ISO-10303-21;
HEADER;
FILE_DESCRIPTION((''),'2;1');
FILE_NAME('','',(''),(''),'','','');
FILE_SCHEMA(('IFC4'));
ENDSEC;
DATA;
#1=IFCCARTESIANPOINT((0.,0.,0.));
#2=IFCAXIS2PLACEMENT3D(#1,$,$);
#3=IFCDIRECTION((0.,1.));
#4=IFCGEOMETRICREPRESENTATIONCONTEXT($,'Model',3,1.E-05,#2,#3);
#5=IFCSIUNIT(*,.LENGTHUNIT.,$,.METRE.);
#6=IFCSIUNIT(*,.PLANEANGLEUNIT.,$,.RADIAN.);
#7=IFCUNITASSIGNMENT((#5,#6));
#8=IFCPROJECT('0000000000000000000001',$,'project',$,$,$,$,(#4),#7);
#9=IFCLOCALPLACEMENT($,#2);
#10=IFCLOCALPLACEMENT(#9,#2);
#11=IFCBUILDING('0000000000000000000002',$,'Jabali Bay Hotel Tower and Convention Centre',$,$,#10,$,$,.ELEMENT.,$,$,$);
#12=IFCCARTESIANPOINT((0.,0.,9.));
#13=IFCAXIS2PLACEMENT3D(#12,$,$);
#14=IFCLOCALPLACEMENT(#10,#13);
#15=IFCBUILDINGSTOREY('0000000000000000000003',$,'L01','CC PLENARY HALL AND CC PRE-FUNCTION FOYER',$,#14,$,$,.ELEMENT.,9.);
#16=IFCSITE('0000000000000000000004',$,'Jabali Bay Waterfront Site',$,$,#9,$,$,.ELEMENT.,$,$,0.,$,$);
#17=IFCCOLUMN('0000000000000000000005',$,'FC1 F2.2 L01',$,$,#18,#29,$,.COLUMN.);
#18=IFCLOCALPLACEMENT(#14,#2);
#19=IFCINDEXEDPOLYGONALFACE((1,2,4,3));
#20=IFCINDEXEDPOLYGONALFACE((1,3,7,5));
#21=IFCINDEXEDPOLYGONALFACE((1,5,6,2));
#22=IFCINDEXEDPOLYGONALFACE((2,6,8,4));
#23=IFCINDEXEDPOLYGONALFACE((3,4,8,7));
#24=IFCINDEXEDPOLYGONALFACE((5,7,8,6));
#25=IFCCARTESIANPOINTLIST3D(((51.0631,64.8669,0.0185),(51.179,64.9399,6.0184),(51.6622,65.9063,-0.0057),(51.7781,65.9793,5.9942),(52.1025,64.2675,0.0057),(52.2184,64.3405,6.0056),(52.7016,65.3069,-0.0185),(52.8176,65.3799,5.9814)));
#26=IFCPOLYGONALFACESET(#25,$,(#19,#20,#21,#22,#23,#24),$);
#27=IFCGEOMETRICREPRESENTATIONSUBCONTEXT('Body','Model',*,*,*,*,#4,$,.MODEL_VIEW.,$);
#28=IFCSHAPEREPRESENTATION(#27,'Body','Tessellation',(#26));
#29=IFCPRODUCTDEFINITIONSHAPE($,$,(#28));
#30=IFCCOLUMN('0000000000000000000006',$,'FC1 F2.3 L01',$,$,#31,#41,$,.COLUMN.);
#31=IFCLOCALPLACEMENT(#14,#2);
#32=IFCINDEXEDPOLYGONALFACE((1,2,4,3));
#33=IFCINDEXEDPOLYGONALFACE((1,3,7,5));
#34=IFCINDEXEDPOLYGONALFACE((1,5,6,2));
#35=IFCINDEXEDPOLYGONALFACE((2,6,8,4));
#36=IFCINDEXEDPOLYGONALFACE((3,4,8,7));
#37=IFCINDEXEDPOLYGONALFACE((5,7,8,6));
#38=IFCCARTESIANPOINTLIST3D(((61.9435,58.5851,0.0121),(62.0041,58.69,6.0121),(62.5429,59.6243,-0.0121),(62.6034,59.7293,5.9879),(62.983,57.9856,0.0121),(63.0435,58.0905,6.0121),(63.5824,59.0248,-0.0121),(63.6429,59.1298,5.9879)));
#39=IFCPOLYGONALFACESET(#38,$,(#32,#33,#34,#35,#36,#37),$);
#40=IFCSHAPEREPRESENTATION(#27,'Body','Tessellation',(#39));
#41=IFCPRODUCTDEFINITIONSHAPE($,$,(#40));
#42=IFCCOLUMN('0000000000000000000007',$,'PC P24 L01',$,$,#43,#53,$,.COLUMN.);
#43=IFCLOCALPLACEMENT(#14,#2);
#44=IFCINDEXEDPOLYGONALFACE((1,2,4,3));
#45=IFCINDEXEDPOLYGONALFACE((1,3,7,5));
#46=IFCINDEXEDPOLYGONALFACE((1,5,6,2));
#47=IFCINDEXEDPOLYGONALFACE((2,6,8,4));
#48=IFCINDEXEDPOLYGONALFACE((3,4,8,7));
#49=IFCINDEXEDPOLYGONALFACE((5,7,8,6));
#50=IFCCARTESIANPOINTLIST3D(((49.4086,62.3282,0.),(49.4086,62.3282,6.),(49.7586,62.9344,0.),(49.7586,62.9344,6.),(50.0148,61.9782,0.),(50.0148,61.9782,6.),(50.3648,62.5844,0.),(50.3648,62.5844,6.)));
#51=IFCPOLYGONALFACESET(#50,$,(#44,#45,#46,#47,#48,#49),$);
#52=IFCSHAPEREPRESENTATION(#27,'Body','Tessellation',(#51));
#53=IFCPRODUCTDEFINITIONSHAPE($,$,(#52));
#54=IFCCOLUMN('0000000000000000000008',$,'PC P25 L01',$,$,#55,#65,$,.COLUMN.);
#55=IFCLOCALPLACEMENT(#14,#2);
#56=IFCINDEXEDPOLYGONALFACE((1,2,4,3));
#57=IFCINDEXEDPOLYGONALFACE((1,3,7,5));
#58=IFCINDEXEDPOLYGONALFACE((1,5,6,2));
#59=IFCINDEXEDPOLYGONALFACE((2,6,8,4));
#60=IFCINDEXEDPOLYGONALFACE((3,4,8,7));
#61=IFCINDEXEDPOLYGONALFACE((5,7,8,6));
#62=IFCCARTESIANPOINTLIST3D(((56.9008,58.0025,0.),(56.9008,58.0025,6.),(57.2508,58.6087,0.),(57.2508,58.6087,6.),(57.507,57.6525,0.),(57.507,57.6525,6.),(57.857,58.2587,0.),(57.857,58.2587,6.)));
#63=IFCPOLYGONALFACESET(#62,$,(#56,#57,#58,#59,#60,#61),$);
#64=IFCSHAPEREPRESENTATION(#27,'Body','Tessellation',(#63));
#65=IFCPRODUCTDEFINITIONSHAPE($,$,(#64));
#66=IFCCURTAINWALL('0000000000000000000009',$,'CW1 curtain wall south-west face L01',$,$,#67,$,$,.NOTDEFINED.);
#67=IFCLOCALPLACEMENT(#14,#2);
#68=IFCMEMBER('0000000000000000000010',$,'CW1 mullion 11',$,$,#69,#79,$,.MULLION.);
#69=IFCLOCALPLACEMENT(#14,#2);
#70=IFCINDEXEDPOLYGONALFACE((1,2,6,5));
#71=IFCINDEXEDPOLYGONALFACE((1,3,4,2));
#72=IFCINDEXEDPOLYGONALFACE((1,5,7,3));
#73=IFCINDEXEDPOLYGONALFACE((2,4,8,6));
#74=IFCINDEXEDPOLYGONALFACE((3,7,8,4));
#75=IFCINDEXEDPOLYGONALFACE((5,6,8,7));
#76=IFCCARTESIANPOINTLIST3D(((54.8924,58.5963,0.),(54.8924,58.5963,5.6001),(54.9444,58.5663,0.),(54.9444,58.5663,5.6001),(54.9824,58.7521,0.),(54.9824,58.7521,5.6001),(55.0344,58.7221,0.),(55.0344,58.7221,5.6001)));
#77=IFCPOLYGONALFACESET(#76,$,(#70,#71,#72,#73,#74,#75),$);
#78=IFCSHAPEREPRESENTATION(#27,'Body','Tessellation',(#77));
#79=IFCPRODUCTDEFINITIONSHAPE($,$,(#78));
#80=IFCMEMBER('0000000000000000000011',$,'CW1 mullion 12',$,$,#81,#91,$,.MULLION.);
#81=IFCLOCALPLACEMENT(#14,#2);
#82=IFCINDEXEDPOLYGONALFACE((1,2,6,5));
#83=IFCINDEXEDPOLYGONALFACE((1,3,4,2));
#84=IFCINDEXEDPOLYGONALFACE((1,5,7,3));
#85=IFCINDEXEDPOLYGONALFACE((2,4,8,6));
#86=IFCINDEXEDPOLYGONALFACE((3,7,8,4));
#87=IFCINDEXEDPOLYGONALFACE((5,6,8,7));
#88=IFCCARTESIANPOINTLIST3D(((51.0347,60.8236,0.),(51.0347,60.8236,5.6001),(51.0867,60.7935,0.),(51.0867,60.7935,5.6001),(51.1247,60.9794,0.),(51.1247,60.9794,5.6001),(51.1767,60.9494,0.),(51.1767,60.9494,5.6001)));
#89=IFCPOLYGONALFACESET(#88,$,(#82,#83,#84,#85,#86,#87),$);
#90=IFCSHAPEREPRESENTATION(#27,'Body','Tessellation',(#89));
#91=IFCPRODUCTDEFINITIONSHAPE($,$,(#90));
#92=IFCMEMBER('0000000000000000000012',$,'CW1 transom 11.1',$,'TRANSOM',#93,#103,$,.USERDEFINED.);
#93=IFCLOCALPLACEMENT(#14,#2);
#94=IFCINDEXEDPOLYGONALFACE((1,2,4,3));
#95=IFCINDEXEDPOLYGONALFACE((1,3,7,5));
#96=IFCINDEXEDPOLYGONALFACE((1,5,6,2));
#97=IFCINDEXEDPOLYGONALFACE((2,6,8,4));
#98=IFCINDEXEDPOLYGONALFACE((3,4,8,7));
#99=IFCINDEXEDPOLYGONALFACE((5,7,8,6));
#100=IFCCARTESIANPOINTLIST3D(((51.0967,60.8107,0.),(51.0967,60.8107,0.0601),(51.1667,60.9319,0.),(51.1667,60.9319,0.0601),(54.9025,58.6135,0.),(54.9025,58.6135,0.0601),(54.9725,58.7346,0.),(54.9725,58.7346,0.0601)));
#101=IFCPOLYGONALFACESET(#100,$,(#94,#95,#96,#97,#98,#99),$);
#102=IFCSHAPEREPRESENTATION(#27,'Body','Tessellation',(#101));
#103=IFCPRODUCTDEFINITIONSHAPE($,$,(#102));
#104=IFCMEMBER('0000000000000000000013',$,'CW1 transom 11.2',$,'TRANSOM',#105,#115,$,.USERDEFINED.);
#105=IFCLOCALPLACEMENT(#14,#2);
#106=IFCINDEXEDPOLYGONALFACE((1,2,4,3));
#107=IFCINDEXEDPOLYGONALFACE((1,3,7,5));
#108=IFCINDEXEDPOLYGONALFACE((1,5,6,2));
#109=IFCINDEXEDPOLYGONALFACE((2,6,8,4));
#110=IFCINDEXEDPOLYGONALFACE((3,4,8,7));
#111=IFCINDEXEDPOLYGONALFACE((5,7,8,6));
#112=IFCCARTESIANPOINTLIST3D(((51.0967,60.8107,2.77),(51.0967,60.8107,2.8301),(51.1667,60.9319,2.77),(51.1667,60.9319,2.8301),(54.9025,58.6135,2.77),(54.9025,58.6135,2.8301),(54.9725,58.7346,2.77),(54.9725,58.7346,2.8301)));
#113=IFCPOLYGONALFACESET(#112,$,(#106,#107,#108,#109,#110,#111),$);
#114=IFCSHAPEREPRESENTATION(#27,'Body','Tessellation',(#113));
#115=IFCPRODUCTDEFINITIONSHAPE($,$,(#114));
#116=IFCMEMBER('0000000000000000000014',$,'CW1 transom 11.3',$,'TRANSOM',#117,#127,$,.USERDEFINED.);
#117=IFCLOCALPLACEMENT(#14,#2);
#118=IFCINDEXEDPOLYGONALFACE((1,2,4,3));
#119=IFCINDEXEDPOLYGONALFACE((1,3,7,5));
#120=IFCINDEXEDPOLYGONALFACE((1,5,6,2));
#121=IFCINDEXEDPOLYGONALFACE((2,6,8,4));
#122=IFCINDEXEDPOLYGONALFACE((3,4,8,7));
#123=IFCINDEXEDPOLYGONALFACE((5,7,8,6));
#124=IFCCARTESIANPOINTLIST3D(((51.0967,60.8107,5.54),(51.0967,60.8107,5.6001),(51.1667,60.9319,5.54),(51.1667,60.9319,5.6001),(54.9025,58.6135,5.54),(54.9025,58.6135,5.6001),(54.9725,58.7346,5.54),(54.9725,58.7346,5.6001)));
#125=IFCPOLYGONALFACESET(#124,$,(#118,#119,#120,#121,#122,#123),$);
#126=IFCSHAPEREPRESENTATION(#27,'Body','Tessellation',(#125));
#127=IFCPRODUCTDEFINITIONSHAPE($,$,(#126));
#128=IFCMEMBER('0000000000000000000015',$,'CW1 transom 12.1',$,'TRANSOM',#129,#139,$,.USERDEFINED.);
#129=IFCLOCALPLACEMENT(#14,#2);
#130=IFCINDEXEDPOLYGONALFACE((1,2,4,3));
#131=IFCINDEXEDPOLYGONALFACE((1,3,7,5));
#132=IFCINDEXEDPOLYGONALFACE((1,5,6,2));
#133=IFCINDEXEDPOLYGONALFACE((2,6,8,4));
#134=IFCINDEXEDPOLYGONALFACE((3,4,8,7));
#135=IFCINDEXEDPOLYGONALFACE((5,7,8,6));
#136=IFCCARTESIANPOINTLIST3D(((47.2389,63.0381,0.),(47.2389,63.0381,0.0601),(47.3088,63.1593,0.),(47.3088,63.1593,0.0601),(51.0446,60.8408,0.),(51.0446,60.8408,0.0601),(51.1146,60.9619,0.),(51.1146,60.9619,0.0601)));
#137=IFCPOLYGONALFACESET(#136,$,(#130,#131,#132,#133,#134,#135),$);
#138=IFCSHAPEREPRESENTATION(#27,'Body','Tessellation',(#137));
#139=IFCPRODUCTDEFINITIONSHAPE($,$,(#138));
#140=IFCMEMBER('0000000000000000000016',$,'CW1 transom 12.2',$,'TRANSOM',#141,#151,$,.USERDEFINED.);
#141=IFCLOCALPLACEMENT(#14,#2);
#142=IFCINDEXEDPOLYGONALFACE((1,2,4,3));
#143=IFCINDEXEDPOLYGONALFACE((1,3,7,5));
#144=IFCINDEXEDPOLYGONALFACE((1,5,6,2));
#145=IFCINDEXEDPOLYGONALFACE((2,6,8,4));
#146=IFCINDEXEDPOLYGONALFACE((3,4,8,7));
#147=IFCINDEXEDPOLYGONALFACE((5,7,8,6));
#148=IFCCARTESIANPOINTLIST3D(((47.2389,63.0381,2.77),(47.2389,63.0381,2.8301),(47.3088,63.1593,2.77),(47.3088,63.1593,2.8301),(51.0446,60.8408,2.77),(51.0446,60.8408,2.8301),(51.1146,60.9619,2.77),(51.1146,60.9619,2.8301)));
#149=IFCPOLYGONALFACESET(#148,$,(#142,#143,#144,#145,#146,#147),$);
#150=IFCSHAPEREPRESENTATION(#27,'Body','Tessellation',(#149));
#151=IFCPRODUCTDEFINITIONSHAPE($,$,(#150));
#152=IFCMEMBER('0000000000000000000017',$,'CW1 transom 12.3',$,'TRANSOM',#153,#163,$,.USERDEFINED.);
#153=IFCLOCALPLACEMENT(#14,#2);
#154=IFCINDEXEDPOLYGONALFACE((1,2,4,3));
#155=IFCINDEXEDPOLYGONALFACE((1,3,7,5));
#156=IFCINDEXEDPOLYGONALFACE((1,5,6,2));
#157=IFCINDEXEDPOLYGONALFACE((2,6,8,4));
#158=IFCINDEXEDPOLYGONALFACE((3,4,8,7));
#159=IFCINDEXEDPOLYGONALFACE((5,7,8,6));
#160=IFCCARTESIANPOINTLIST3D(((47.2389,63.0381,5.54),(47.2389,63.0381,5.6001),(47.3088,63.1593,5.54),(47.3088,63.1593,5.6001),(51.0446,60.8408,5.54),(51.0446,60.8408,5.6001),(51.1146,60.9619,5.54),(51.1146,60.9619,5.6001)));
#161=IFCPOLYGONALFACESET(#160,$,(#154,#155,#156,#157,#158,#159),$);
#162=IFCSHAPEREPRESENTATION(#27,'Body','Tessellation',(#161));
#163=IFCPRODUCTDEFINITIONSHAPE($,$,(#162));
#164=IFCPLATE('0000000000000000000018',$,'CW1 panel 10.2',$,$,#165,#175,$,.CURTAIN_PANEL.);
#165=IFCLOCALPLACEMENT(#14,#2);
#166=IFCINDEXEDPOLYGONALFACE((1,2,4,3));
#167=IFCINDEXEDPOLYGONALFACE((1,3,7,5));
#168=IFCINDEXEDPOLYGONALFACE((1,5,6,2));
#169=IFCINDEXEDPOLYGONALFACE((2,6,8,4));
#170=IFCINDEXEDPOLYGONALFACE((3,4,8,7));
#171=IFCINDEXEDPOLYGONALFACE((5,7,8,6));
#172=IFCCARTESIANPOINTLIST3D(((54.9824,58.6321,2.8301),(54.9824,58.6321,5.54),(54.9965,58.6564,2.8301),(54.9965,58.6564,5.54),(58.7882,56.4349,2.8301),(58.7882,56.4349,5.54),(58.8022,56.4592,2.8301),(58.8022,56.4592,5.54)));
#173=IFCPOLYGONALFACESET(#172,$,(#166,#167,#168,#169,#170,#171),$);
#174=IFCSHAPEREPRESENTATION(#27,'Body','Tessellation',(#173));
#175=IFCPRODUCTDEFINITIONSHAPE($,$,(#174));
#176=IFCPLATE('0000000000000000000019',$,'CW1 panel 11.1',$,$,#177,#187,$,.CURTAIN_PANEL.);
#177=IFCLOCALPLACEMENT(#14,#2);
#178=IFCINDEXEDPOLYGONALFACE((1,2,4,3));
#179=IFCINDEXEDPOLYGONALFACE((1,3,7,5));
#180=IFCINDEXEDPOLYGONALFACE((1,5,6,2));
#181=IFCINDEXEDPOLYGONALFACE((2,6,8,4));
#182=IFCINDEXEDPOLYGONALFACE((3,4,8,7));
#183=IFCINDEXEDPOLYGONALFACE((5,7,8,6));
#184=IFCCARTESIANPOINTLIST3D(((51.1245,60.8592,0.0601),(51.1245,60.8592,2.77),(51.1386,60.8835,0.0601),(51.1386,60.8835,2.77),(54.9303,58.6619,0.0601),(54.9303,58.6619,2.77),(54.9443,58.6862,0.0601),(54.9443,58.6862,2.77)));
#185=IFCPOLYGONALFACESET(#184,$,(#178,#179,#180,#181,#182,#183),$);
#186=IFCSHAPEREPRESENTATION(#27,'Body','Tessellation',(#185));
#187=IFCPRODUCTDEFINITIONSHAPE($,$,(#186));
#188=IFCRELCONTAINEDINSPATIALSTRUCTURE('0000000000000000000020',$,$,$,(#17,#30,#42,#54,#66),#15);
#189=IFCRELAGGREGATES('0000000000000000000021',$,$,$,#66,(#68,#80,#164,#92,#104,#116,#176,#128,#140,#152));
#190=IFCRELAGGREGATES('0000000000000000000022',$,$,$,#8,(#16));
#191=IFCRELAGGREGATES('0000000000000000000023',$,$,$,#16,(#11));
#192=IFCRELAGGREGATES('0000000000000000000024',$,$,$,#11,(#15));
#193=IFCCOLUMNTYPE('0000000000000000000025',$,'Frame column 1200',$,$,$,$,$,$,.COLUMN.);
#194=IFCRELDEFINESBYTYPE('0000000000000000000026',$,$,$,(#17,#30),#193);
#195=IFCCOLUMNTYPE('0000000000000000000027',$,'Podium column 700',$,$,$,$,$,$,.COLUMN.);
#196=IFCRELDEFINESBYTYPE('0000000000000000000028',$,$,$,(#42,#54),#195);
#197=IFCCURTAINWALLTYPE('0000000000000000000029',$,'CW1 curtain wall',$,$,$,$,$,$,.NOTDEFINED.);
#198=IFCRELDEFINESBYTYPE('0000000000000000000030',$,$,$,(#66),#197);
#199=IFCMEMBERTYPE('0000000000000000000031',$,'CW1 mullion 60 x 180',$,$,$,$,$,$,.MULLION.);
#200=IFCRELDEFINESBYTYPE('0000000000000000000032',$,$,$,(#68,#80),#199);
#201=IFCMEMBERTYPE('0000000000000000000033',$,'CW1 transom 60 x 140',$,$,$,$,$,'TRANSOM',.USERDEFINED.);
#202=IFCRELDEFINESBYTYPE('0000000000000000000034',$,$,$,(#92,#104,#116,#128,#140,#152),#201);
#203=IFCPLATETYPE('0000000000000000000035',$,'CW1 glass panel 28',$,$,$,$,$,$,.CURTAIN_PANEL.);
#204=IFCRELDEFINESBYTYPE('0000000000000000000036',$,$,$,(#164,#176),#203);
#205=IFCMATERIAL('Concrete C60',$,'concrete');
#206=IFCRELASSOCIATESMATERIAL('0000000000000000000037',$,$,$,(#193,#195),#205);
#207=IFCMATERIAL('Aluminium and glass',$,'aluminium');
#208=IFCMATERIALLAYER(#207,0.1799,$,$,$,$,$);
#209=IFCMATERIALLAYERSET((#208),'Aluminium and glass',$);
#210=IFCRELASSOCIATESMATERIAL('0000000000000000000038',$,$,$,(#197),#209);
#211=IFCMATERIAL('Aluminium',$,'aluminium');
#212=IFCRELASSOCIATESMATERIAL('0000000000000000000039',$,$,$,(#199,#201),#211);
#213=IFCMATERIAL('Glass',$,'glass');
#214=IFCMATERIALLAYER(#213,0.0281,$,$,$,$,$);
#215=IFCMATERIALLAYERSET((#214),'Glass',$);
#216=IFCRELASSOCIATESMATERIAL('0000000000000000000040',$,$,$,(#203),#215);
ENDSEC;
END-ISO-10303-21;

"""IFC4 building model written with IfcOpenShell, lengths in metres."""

from ifc_helpers import new_model, si_unit, direction, frame, origin, origin_2d, place, context, subcontext, project, spatial, rectangle, extrude, material, layer, layer_set, material_profile, profile_set, type_object, element, aggregate, save


model = new_model("IFC4")

# Units and contexts
model_context = context("Model", 3, precision=1e-05, world=origin(), true_north=direction((0.0, 1.0)))
body_context = subcontext(model_context, "Body", "Model", "MODEL_VIEW")
ifc_project = project(units=[si_unit("LENGTHUNIT", "METRE"), si_unit("PLANEANGLEUNIT", "RADIAN")], contexts=[model_context])

# Site, building, storey
site_placement = place(None, origin())
site = spatial("IfcSite", under=ifc_project, at=site_placement, Name="Jabali Bay Waterfront Site", CompositionType="ELEMENT", RefElevation=0.0)
building_placement = place(site_placement, origin())
building = spatial("IfcBuilding", under=site, at=building_placement, Name="Jabali Bay Hotel Tower and Convention Centre", CompositionType="ELEMENT")
storey_placement = place(building_placement, frame((0.0, 0.0, 9.0)))
storey = spatial("IfcBuildingStorey", under=building, at=storey_placement, Name="L01", Description="CC PLENARY HALL AND CC PRE-FUNCTION FOYER", CompositionType="ELEMENT", Elevation=9.0)

# Columns
ifc_material_1 = material(Name="Concrete C60", Category="concrete")
ifc_material_profile_1 = material_profile(ifc_material_1, rectangle(XDim=1.2, YDim=1.2, at=origin_2d()), Name="Frame column 1200")
ifc_profile_set_1 = profile_set([ifc_material_profile_1], Name="Concrete C60")
column_type_1 = type_object("IfcColumnType", Name="Frame column 1200", PredefinedType="COLUMN", material=ifc_profile_set_1)
column_1_placement = place(storey_placement, frame((51.8823, 65.0869, 0.0), z_axis=(0.019323, 0.012163, 0.999739), x_axis=(-0.866221, 0.499548, 0.010664)))
element("IfcColumn", 1, at=column_1_placement, inside=storey, type_object=column_type_1, Name="FC1 F2.2 L01", PredefinedType="COLUMN", context=body_context, shape_type="SweptSolid", body=[
    extrude(rectangle(XDim=1.2, YDim=1.2, at=origin_2d()), origin(), (0.0, 0.0, 1.0), 6.0015),
])
column_2_placement = place(storey_placement, frame((62.7629, 58.8049, 0.0), z_axis=(0.010089, 0.017493, 0.999796), x_axis=(-0.866253, 0.499606, 0.0)))
element("IfcColumn", 2, at=column_2_placement, inside=storey, type_object=column_type_1, Name="FC1 F2.3 L01", PredefinedType="COLUMN", context=body_context, shape_type="SweptSolid", body=[
    extrude(rectangle(XDim=1.2, YDim=1.2, at=origin_2d()), origin(), (0.0, 0.0, 1.0), 6.0012),
])
ifc_material_profile_2 = material_profile(ifc_material_1, rectangle(XDim=0.7, YDim=0.7, at=origin_2d()), Name="Podium column 700")
ifc_profile_set_2 = profile_set([ifc_material_profile_2], Name="Concrete C60")
column_type_2 = type_object("IfcColumnType", Name="Podium column 700", PredefinedType="COLUMN", material=ifc_profile_set_2)
for number, where, z_axis, x_axis, name in (
    (3, (49.8867, 62.4563, 0.0), (0.0, 0.0, 1.0), (0.5, 0.866025, 0.0), "PC P24 L01"),
    (4, (57.3789, 58.1306, 0.0), (0.0, 0.0, 1.0), (0.5, 0.866025, 0.0), "PC P25 L01"),
):
    element("IfcColumn", number, at=place(storey_placement, frame(where, z_axis=z_axis, x_axis=x_axis)), inside=storey, type_object=column_type_2, Name=name, PredefinedType="COLUMN", context=body_context, shape_type="SweptSolid", body=[
        extrude(rectangle(XDim=0.7, YDim=0.7, at=origin_2d()), origin(), (0.0, 0.0, 1.0), 6.0),
    ])

# Curtain wall, members, plates
ifc_material_2 = material(Name="Aluminium and glass", Category="aluminium")
ifc_layer_1 = layer(ifc_material_2, 0.1799)
ifc_layer_set_1 = layer_set([ifc_layer_1], Name="Aluminium and glass")
curtain_wall_type = type_object("IfcCurtainWallType", Name="CW1 curtain wall", PredefinedType="NOTDEFINED", material=ifc_layer_set_1)
curtain_wall_placement = place(storey_placement, origin())
curtain_wall = element("IfcCurtainWall", 5, at=curtain_wall_placement, inside=storey, type_object=curtain_wall_type, Name="CW1 curtain wall south-west face L01", PredefinedType="NOTDEFINED")
ifc_material_3 = material(Name="Aluminium", Category="aluminium")
ifc_material_profile_3 = material_profile(ifc_material_3, rectangle(XDim=0.1799, YDim=0.0601, at=origin_2d()), Name="CW1 mullion 60 x 180")
ifc_profile_set_3 = profile_set([ifc_material_profile_3], Name="Aluminium")
member_type_1 = type_object("IfcMemberType", Name="CW1 mullion 60 x 180", PredefinedType="MULLION", material=ifc_profile_set_3)
member_1_placement = place(storey_placement, frame((54.9634, 58.6592, 0.0), z_axis=(0.0, 0.0, 1.0), x_axis=(-0.5, -0.866025, 0.0)))
member_1 = element("IfcMember", 6, at=member_1_placement, type_object=member_type_1, Name="CW1 mullion 11", PredefinedType="MULLION", context=body_context, shape_type="SweptSolid", body=[
    extrude(rectangle(XDim=0.1799, YDim=0.0601, at=origin_2d()), origin(), (0.0, 0.0, 1.0), 5.6001),
])
member_2_placement = place(storey_placement, frame((51.1057, 60.8865, 0.0), z_axis=(0.0, 0.0, 1.0), x_axis=(-0.5, -0.866025, 0.0)))
member_2 = element("IfcMember", 7, at=member_2_placement, type_object=member_type_1, Name="CW1 mullion 12", PredefinedType="MULLION", context=body_context, shape_type="SweptSolid", body=[
    extrude(rectangle(XDim=0.1799, YDim=0.0601, at=origin_2d()), origin(), (0.0, 0.0, 1.0), 5.6001),
])
ifc_material_profile_4 = material_profile(ifc_material_3, rectangle(XDim=0.1399, YDim=0.0601, at=origin_2d()), Name="CW1 transom 60 x 140")
ifc_profile_set_4 = profile_set([ifc_material_profile_4], Name="Aluminium")
member_type_2 = type_object("IfcMemberType", Name="CW1 transom 60 x 140", ElementType="TRANSOM", PredefinedType="USERDEFINED", material=ifc_profile_set_4)
member_3_placement = place(storey_placement, frame((54.9375, 58.6741, 0.03), z_axis=(-0.866033, 0.499987, 0.0), x_axis=(-0.499987, -0.866033, 0.0)))
member_3 = element("IfcMember", 8, at=member_3_placement, type_object=member_type_2, Name="CW1 transom 11.1", ObjectType="TRANSOM", PredefinedType="USERDEFINED", context=body_context, shape_type="SweptSolid", body=[
    extrude(rectangle(XDim=0.1399, YDim=0.0601, at=origin_2d()), origin(), (0.0, 0.0, 1.0), 4.3945),
])
member_4_placement = place(storey_placement, frame((54.9375, 58.6741, 2.8), z_axis=(-0.866033, 0.499987, 0.0), x_axis=(-0.499987, -0.866033, 0.0)))
member_4 = element("IfcMember", 9, at=member_4_placement, type_object=member_type_2, Name="CW1 transom 11.2", ObjectType="TRANSOM", PredefinedType="USERDEFINED", context=body_context, shape_type="SweptSolid", body=[
    extrude(rectangle(XDim=0.1399, YDim=0.0601, at=origin_2d()), origin(), (0.0, 0.0, 1.0), 4.3945),
])
member_5_placement = place(storey_placement, frame((54.9375, 58.6741, 5.5701), z_axis=(-0.866033, 0.499987, 0.0), x_axis=(-0.499987, -0.866033, 0.0)))
member_5 = element("IfcMember", 10, at=member_5_placement, type_object=member_type_2, Name="CW1 transom 11.3", ObjectType="TRANSOM", PredefinedType="USERDEFINED", context=body_context, shape_type="SweptSolid", body=[
    extrude(rectangle(XDim=0.1399, YDim=0.0601, at=origin_2d()), origin(), (0.0, 0.0, 1.0), 4.3945),
])
member_6_placement = place(storey_placement, frame((51.0796, 60.9014, 0.03), z_axis=(-0.866019, 0.500011, 0.0), x_axis=(-0.500011, -0.866019, 0.0)))
member_6 = element("IfcMember", 11, at=member_6_placement, type_object=member_type_2, Name="CW1 transom 12.1", ObjectType="TRANSOM", PredefinedType="USERDEFINED", context=body_context, shape_type="SweptSolid", body=[
    extrude(rectangle(XDim=0.1399, YDim=0.0601, at=origin_2d()), origin(), (0.0, 0.0, 1.0), 4.3945),
])
member_7_placement = place(storey_placement, frame((51.0796, 60.9014, 2.8), z_axis=(-0.866019, 0.500011, 0.0), x_axis=(-0.500011, -0.866019, 0.0)))
member_7 = element("IfcMember", 12, at=member_7_placement, type_object=member_type_2, Name="CW1 transom 12.2", ObjectType="TRANSOM", PredefinedType="USERDEFINED", context=body_context, shape_type="SweptSolid", body=[
    extrude(rectangle(XDim=0.1399, YDim=0.0601, at=origin_2d()), origin(), (0.0, 0.0, 1.0), 4.3945),
])
member_8_placement = place(storey_placement, frame((51.0796, 60.9014, 5.5701), z_axis=(-0.866019, 0.500011, 0.0), x_axis=(-0.500011, -0.866019, 0.0)))
member_8 = element("IfcMember", 13, at=member_8_placement, type_object=member_type_2, Name="CW1 transom 12.3", ObjectType="TRANSOM", PredefinedType="USERDEFINED", context=body_context, shape_type="SweptSolid", body=[
    extrude(rectangle(XDim=0.1399, YDim=0.0601, at=origin_2d()), origin(), (0.0, 0.0, 1.0), 4.3945),
])
ifc_material_4 = material(Name="Glass", Category="glass")
ifc_layer_2 = layer(ifc_material_4, 0.0281)
ifc_layer_set_2 = layer_set([ifc_layer_2], Name="Glass")
plate_type = type_object("IfcPlateType", Name="CW1 glass panel 28", PredefinedType="CURTAIN_PANEL", material=ifc_layer_set_2)
plate_1_placement = place(storey_placement, frame((56.8923, 57.5457, 2.8301), z_axis=(0.0, 0.0, 1.0), x_axis=(-0.866025, 0.5, 0.0)))
plate_1 = element("IfcPlate", 14, at=plate_1_placement, type_object=plate_type, Name="CW1 panel 10.2", PredefinedType="CURTAIN_PANEL", context=body_context, shape_type="SweptSolid", body=[
    extrude(rectangle(XDim=4.3945, YDim=0.0281, at=origin_2d()), origin(), (0.0, 0.0, 1.0), 2.71),
])
plate_2_placement = place(storey_placement, frame((53.0344, 59.7727, 0.0601), z_axis=(0.0, 0.0, 1.0), x_axis=(-0.866025, 0.5, 0.0)))
plate_2 = element("IfcPlate", 15, at=plate_2_placement, type_object=plate_type, Name="CW1 panel 11.1", PredefinedType="CURTAIN_PANEL", context=body_context, shape_type="SweptSolid", body=[
    extrude(rectangle(XDim=4.3945, YDim=0.0281, at=origin_2d()), origin(), (0.0, 0.0, 1.0), 2.71),
])
aggregate(curtain_wall, [member_1, member_2, plate_1, member_3, member_4, member_5, plate_2, member_6, member_7, member_8])

save(model, "model.ifc")
